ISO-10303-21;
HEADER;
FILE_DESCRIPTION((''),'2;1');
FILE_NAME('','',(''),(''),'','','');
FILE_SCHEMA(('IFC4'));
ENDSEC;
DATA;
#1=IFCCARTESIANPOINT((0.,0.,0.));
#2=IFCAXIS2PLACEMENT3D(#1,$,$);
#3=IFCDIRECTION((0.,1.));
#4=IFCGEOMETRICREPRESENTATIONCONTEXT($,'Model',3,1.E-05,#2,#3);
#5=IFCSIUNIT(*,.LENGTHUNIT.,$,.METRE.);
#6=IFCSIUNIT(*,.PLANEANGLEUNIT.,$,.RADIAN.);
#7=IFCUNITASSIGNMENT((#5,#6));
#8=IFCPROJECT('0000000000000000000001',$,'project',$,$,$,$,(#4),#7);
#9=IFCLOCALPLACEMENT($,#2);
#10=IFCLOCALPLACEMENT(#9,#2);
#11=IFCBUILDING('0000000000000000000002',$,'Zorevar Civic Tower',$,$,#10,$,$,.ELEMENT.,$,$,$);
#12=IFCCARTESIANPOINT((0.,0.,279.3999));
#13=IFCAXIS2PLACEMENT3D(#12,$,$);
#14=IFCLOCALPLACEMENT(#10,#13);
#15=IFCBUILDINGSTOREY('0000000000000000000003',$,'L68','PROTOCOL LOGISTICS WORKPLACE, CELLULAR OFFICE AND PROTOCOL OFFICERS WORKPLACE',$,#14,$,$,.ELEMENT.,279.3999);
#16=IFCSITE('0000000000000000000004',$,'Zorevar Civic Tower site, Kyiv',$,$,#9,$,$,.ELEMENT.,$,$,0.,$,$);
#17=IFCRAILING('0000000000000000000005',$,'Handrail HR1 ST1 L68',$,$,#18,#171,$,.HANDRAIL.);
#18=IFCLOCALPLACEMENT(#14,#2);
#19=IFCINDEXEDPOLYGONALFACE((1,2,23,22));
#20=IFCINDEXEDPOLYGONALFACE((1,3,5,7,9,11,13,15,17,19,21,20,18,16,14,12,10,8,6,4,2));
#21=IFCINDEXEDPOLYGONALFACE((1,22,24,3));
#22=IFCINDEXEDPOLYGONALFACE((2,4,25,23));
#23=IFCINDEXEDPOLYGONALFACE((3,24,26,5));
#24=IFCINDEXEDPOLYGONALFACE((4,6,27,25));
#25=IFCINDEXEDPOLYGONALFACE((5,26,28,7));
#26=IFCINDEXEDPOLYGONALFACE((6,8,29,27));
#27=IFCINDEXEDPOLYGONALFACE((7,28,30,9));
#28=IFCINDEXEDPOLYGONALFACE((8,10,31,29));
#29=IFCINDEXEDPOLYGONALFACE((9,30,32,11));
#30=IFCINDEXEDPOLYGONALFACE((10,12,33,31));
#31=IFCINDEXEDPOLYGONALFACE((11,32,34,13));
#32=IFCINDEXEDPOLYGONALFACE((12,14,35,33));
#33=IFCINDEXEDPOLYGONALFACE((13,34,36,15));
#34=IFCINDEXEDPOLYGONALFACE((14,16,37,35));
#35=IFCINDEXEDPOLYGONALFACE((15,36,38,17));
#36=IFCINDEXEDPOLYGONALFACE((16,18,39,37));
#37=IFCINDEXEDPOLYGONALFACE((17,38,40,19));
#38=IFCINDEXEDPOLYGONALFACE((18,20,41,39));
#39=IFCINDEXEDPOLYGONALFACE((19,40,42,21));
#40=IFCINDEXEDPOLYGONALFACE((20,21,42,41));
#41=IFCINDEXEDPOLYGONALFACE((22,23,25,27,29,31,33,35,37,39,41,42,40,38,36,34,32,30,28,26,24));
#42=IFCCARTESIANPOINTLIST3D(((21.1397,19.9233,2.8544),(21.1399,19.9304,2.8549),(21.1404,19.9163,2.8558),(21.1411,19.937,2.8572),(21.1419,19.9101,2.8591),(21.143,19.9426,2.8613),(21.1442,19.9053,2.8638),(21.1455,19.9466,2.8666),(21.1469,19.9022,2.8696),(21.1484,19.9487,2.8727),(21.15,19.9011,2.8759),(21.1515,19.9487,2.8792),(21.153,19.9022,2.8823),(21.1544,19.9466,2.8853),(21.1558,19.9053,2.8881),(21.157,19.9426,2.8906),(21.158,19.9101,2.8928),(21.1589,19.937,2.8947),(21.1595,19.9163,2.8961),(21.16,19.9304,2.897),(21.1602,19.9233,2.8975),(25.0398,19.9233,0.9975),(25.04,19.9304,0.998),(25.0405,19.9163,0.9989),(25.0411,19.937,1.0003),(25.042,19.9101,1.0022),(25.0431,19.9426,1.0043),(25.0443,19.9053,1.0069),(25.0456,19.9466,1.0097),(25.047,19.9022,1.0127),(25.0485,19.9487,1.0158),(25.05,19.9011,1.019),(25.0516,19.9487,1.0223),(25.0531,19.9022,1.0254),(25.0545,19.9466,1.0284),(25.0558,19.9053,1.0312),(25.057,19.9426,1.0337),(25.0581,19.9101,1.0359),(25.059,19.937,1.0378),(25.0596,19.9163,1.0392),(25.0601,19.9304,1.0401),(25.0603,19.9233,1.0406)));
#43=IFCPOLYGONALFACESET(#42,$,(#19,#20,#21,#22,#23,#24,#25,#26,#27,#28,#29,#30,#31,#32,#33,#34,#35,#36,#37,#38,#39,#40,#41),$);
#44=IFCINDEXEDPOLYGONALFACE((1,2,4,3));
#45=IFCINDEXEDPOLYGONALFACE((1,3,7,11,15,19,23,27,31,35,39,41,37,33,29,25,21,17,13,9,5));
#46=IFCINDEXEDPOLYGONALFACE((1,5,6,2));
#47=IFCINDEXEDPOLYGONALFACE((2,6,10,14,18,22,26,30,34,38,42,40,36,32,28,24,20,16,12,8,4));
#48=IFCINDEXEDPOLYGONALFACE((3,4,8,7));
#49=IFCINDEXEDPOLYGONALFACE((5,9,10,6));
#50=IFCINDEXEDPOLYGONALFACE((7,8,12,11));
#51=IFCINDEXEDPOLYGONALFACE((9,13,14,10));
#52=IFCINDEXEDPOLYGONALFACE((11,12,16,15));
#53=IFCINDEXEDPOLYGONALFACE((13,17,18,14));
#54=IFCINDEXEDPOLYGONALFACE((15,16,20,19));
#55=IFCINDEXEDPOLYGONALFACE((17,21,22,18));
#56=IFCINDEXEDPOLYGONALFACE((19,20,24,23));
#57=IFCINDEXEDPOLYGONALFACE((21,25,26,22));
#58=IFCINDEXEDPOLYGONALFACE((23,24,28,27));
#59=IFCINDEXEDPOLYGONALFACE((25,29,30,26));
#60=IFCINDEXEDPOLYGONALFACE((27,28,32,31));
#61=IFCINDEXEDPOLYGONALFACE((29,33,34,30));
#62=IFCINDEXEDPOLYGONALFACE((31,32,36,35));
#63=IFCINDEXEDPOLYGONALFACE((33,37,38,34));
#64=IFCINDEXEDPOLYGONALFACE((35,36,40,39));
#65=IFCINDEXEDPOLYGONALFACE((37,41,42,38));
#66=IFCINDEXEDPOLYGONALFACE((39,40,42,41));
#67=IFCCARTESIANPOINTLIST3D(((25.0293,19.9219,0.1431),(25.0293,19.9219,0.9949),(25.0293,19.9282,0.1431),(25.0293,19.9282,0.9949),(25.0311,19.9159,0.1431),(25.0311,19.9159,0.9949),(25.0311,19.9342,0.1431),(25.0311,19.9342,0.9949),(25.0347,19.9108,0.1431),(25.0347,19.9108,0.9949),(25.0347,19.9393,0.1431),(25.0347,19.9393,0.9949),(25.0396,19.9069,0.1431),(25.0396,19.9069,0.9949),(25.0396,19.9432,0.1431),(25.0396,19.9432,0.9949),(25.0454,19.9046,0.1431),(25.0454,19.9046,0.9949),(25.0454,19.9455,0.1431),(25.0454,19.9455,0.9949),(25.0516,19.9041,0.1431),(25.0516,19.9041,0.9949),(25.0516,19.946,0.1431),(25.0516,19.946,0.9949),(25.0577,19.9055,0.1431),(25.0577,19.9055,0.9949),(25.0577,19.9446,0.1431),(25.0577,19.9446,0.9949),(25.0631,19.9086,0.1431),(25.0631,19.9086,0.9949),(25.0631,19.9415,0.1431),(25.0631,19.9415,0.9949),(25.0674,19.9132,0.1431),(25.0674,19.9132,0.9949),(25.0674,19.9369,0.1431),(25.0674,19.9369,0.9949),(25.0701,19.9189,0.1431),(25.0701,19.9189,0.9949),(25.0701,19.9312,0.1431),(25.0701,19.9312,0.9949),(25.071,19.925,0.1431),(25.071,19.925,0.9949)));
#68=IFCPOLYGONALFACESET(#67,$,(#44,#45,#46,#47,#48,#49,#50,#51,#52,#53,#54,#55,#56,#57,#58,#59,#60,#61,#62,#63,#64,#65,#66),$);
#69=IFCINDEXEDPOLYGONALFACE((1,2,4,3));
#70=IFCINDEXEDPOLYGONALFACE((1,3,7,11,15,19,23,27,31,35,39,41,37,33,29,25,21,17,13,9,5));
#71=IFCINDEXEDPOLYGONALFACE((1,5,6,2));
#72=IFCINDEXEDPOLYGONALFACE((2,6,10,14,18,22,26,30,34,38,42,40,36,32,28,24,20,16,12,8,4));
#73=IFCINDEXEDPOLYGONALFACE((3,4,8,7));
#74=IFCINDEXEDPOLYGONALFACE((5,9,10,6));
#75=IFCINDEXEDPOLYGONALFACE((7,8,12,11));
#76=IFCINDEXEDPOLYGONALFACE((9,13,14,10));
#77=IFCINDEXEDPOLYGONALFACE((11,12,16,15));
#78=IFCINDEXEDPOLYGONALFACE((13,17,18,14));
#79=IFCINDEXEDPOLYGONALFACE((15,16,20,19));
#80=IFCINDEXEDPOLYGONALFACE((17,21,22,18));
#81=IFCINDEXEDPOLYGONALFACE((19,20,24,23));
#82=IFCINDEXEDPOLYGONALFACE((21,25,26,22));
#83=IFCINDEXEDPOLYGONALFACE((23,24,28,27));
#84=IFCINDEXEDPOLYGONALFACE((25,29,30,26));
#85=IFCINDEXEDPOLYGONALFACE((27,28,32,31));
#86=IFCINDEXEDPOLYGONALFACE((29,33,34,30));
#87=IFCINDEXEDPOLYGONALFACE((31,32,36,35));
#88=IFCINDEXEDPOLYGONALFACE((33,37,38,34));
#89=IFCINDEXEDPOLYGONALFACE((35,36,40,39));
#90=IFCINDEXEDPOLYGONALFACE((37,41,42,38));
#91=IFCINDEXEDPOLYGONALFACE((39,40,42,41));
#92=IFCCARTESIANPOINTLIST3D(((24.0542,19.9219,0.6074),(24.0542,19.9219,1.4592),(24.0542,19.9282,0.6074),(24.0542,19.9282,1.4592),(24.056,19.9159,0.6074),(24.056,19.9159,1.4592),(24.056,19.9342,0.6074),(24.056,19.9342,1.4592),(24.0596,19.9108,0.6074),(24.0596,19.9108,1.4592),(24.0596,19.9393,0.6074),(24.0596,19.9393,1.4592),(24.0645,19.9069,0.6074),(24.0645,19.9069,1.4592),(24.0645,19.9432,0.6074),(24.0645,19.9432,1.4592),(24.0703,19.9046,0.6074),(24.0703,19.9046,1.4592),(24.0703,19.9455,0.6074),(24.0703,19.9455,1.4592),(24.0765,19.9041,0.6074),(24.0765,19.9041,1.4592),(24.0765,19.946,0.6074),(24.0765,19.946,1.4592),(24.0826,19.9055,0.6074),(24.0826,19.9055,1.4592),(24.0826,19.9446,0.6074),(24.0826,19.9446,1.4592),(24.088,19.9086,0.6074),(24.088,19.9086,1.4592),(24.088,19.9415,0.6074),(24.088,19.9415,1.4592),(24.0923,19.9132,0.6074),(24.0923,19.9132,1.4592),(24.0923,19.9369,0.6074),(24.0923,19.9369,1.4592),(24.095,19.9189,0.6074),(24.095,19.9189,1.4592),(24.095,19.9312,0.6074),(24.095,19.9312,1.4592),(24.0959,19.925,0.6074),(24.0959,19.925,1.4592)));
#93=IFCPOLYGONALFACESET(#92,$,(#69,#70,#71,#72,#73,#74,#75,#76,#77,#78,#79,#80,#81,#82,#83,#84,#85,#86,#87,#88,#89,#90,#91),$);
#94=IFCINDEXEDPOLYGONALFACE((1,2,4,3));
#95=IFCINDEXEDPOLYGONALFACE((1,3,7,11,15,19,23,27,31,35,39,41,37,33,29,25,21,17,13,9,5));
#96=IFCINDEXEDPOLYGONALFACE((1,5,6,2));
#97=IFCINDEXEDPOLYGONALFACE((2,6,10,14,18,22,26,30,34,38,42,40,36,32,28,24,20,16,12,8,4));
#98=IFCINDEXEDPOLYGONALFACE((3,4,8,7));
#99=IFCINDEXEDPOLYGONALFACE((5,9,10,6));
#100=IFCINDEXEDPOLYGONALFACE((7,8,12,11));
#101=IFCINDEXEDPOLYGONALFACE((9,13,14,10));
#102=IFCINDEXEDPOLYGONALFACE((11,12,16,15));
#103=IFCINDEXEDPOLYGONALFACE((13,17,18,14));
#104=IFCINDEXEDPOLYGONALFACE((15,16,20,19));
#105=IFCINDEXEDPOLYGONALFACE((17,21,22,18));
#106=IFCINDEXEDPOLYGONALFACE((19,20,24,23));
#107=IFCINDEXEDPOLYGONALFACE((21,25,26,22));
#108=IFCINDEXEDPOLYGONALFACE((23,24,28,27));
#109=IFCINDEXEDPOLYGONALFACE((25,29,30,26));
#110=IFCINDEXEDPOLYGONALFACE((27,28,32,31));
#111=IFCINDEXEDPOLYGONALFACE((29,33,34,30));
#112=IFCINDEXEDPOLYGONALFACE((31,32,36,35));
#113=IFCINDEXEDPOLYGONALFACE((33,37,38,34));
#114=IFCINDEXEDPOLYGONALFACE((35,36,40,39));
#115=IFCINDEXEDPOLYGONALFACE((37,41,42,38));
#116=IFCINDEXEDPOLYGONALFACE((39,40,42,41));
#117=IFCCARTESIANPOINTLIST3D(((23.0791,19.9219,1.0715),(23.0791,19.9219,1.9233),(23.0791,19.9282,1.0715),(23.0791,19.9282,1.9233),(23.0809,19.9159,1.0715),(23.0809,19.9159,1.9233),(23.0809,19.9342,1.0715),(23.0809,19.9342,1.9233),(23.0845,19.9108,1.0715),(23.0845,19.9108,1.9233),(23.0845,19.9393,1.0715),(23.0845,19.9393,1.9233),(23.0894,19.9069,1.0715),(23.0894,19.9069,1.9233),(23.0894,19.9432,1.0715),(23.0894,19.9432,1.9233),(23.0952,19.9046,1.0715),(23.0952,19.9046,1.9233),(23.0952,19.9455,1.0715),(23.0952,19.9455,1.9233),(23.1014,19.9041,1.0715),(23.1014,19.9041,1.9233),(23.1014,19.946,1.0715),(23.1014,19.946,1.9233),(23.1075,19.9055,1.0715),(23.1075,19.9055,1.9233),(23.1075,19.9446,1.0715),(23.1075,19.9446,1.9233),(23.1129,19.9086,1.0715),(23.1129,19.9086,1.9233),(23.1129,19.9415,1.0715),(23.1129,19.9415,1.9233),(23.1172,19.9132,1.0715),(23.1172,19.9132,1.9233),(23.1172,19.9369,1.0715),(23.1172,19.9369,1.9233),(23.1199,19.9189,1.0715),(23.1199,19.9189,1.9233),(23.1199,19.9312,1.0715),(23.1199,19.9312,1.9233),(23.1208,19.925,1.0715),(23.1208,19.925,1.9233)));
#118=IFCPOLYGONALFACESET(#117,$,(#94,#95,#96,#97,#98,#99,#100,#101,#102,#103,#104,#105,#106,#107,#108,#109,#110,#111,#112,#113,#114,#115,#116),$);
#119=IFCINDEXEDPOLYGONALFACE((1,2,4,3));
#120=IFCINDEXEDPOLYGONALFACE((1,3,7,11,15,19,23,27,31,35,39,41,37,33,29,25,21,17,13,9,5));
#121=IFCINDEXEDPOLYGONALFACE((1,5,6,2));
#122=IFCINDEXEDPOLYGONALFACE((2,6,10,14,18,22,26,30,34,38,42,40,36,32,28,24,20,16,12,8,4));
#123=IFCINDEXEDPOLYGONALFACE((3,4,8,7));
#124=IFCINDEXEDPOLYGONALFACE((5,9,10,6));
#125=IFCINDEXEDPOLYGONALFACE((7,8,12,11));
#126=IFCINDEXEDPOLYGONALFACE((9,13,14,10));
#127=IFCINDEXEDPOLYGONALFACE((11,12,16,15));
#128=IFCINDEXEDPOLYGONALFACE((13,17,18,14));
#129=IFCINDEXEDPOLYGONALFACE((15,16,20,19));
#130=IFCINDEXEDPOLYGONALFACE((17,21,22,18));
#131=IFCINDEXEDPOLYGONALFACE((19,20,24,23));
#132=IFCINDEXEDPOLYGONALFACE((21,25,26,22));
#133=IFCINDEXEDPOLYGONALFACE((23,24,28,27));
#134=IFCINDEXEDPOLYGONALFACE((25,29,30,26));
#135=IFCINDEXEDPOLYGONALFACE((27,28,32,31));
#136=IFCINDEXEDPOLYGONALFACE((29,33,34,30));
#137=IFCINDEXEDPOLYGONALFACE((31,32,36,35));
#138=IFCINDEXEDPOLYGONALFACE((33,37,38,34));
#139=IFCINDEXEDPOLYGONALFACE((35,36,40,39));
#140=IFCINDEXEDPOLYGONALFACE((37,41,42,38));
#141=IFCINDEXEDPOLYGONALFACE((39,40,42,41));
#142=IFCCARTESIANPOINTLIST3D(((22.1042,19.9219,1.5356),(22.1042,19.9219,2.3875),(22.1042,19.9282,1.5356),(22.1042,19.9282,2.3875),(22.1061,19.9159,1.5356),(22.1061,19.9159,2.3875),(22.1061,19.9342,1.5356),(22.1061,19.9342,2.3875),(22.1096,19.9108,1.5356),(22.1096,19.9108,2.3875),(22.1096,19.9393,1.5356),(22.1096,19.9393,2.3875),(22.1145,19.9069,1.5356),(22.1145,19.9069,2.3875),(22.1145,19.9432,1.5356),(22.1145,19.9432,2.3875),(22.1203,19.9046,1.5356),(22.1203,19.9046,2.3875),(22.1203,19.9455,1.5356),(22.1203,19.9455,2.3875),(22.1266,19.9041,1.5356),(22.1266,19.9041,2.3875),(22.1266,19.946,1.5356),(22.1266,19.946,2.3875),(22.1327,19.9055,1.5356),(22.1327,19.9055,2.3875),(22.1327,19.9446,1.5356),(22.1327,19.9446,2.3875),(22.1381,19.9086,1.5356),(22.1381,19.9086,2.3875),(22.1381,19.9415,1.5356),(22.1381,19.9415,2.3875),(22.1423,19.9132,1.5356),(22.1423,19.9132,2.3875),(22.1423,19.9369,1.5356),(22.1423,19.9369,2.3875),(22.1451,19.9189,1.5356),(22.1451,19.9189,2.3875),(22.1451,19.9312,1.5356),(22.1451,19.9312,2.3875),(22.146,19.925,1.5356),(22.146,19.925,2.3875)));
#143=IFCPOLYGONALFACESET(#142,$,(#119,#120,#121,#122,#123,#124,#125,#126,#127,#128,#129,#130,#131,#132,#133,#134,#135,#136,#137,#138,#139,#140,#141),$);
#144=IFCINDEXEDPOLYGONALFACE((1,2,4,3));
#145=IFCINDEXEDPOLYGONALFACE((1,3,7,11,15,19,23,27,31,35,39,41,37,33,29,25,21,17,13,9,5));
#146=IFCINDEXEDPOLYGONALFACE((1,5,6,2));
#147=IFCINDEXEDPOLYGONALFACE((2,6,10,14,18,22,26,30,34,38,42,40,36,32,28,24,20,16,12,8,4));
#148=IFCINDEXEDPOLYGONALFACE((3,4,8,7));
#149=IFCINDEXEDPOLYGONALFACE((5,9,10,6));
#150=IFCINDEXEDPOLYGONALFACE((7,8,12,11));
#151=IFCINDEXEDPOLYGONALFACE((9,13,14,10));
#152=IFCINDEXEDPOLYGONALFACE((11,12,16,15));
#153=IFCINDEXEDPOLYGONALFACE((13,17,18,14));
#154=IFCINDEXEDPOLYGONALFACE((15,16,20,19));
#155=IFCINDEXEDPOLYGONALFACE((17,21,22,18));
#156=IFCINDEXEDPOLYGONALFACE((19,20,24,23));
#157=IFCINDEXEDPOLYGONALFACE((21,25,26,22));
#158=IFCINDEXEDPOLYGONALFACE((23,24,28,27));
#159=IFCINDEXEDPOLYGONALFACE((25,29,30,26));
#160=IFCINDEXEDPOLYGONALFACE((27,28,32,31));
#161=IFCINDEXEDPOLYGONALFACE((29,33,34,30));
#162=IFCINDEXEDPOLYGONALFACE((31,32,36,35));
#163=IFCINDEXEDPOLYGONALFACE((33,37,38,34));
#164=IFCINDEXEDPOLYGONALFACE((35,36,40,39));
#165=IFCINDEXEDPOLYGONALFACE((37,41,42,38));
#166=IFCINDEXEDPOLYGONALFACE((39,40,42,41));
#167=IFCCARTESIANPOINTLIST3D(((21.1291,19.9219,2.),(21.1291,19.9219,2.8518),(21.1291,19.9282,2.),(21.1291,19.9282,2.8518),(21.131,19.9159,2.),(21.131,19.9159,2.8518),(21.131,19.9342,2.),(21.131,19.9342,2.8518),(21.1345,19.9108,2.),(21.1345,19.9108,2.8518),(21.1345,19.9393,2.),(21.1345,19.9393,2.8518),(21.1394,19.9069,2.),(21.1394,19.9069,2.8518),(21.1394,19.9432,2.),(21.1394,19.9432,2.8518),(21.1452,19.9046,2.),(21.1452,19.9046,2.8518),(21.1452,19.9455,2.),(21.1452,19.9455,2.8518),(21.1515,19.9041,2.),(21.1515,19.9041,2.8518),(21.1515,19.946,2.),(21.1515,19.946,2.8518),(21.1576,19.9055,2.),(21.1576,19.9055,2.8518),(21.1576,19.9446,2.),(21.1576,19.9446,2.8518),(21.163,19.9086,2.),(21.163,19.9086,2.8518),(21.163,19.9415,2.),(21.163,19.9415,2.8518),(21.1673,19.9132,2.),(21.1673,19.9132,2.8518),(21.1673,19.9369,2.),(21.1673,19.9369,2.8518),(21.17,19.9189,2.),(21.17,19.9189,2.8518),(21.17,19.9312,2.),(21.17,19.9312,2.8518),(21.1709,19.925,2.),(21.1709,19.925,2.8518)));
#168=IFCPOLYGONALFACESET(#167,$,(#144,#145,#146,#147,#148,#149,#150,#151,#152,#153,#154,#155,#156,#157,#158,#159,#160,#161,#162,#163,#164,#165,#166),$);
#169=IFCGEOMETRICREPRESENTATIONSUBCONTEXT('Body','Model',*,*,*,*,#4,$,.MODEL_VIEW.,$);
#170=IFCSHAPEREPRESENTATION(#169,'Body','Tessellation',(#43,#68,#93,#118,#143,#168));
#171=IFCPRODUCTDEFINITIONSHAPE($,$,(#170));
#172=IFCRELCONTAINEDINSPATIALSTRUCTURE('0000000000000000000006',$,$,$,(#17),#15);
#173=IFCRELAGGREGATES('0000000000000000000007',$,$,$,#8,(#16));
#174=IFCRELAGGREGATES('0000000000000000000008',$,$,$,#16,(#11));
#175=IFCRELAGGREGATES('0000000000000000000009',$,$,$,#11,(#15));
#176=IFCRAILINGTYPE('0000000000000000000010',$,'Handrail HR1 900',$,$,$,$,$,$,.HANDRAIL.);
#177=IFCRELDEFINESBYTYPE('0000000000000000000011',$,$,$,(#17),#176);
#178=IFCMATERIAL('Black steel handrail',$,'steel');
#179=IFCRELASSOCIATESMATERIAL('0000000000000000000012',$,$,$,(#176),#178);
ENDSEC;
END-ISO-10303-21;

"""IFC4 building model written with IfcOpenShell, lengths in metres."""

from ifc_helpers import new_model, si_unit, direction, frame, origin, origin_2d, place, context, subcontext, project, spatial, circle, extrude, material, type_object, element, save


model = new_model("IFC4")

# Units and contexts
model_context = context("Model", 3, precision=1e-05, world=origin(), true_north=direction((0.0, 1.0)))
body_context = subcontext(model_context, "Body", "Model", "MODEL_VIEW")
ifc_project = project(units=[si_unit("LENGTHUNIT", "METRE"), si_unit("PLANEANGLEUNIT", "RADIAN")], contexts=[model_context])

# Site, building, storey
site_placement = place(None, origin())
site = spatial("IfcSite", under=ifc_project, at=site_placement, Name="Zorevar Civic Tower site, Kyiv", CompositionType="ELEMENT", RefElevation=0.0)
building_placement = place(site_placement, origin())
building = spatial("IfcBuilding", under=site, at=building_placement, Name="Zorevar Civic Tower", CompositionType="ELEMENT")
storey_placement = place(building_placement, frame((0.0, 0.0, 279.3999)))
storey = spatial("IfcBuildingStorey", under=building, at=storey_placement, Name="L68", Description="PROTOCOL LOGISTICS WORKPLACE, CELLULAR OFFICE AND PROTOCOL OFFICERS WORKPLACE", CompositionType="ELEMENT", Elevation=279.3999)

# Railing
ifc_material_1 = material(Name="Black steel handrail", Category="steel")
railing_type = type_object("IfcRailingType", Name="Handrail HR1 900", PredefinedType="HANDRAIL", material=ifc_material_1)
railing_1_placement = place(storey_placement, frame((25.05, 19.925, 0.1431)))
element("IfcRailing", 1, at=railing_1_placement, inside=storey, type_object=railing_type, Name="Handrail HR1 ST1 L68", PredefinedType="HANDRAIL", context=body_context, shape_type="SweptSolid", body=[
    extrude(circle(Radius=0.0239, at=origin_2d()), frame((0.0, 0.0, 0.876), z_axis=(-0.902886, 0.0, 0.429881), x_axis=(0.0, -1.0, 0.0)), (0.0, 0.0, 1.0), 4.3196),
    extrude(circle(Radius=0.021, at=origin_2d()), origin(), (0.0, 0.0, 1.0), 0.8518),
    extrude(circle(Radius=0.021, at=origin_2d()), frame((-0.9751, 0.0, 0.4644)), (0.0, 0.0, 1.0), 0.8518),
    extrude(circle(Radius=0.021, at=origin_2d()), frame((-1.9502, 0.0, 0.9285)), (0.0, 0.0, 1.0), 0.8518),
    extrude(circle(Radius=0.021, at=origin_2d()), frame((-2.925, 0.0, 1.3926)), (0.0, 0.0, 1.0), 0.8518),
    extrude(circle(Radius=0.021, at=origin_2d()), frame((-3.9001, 0.0, 1.8569)), (0.0, 0.0, 1.0), 0.8518),
])

save(model, "model.ifc")
